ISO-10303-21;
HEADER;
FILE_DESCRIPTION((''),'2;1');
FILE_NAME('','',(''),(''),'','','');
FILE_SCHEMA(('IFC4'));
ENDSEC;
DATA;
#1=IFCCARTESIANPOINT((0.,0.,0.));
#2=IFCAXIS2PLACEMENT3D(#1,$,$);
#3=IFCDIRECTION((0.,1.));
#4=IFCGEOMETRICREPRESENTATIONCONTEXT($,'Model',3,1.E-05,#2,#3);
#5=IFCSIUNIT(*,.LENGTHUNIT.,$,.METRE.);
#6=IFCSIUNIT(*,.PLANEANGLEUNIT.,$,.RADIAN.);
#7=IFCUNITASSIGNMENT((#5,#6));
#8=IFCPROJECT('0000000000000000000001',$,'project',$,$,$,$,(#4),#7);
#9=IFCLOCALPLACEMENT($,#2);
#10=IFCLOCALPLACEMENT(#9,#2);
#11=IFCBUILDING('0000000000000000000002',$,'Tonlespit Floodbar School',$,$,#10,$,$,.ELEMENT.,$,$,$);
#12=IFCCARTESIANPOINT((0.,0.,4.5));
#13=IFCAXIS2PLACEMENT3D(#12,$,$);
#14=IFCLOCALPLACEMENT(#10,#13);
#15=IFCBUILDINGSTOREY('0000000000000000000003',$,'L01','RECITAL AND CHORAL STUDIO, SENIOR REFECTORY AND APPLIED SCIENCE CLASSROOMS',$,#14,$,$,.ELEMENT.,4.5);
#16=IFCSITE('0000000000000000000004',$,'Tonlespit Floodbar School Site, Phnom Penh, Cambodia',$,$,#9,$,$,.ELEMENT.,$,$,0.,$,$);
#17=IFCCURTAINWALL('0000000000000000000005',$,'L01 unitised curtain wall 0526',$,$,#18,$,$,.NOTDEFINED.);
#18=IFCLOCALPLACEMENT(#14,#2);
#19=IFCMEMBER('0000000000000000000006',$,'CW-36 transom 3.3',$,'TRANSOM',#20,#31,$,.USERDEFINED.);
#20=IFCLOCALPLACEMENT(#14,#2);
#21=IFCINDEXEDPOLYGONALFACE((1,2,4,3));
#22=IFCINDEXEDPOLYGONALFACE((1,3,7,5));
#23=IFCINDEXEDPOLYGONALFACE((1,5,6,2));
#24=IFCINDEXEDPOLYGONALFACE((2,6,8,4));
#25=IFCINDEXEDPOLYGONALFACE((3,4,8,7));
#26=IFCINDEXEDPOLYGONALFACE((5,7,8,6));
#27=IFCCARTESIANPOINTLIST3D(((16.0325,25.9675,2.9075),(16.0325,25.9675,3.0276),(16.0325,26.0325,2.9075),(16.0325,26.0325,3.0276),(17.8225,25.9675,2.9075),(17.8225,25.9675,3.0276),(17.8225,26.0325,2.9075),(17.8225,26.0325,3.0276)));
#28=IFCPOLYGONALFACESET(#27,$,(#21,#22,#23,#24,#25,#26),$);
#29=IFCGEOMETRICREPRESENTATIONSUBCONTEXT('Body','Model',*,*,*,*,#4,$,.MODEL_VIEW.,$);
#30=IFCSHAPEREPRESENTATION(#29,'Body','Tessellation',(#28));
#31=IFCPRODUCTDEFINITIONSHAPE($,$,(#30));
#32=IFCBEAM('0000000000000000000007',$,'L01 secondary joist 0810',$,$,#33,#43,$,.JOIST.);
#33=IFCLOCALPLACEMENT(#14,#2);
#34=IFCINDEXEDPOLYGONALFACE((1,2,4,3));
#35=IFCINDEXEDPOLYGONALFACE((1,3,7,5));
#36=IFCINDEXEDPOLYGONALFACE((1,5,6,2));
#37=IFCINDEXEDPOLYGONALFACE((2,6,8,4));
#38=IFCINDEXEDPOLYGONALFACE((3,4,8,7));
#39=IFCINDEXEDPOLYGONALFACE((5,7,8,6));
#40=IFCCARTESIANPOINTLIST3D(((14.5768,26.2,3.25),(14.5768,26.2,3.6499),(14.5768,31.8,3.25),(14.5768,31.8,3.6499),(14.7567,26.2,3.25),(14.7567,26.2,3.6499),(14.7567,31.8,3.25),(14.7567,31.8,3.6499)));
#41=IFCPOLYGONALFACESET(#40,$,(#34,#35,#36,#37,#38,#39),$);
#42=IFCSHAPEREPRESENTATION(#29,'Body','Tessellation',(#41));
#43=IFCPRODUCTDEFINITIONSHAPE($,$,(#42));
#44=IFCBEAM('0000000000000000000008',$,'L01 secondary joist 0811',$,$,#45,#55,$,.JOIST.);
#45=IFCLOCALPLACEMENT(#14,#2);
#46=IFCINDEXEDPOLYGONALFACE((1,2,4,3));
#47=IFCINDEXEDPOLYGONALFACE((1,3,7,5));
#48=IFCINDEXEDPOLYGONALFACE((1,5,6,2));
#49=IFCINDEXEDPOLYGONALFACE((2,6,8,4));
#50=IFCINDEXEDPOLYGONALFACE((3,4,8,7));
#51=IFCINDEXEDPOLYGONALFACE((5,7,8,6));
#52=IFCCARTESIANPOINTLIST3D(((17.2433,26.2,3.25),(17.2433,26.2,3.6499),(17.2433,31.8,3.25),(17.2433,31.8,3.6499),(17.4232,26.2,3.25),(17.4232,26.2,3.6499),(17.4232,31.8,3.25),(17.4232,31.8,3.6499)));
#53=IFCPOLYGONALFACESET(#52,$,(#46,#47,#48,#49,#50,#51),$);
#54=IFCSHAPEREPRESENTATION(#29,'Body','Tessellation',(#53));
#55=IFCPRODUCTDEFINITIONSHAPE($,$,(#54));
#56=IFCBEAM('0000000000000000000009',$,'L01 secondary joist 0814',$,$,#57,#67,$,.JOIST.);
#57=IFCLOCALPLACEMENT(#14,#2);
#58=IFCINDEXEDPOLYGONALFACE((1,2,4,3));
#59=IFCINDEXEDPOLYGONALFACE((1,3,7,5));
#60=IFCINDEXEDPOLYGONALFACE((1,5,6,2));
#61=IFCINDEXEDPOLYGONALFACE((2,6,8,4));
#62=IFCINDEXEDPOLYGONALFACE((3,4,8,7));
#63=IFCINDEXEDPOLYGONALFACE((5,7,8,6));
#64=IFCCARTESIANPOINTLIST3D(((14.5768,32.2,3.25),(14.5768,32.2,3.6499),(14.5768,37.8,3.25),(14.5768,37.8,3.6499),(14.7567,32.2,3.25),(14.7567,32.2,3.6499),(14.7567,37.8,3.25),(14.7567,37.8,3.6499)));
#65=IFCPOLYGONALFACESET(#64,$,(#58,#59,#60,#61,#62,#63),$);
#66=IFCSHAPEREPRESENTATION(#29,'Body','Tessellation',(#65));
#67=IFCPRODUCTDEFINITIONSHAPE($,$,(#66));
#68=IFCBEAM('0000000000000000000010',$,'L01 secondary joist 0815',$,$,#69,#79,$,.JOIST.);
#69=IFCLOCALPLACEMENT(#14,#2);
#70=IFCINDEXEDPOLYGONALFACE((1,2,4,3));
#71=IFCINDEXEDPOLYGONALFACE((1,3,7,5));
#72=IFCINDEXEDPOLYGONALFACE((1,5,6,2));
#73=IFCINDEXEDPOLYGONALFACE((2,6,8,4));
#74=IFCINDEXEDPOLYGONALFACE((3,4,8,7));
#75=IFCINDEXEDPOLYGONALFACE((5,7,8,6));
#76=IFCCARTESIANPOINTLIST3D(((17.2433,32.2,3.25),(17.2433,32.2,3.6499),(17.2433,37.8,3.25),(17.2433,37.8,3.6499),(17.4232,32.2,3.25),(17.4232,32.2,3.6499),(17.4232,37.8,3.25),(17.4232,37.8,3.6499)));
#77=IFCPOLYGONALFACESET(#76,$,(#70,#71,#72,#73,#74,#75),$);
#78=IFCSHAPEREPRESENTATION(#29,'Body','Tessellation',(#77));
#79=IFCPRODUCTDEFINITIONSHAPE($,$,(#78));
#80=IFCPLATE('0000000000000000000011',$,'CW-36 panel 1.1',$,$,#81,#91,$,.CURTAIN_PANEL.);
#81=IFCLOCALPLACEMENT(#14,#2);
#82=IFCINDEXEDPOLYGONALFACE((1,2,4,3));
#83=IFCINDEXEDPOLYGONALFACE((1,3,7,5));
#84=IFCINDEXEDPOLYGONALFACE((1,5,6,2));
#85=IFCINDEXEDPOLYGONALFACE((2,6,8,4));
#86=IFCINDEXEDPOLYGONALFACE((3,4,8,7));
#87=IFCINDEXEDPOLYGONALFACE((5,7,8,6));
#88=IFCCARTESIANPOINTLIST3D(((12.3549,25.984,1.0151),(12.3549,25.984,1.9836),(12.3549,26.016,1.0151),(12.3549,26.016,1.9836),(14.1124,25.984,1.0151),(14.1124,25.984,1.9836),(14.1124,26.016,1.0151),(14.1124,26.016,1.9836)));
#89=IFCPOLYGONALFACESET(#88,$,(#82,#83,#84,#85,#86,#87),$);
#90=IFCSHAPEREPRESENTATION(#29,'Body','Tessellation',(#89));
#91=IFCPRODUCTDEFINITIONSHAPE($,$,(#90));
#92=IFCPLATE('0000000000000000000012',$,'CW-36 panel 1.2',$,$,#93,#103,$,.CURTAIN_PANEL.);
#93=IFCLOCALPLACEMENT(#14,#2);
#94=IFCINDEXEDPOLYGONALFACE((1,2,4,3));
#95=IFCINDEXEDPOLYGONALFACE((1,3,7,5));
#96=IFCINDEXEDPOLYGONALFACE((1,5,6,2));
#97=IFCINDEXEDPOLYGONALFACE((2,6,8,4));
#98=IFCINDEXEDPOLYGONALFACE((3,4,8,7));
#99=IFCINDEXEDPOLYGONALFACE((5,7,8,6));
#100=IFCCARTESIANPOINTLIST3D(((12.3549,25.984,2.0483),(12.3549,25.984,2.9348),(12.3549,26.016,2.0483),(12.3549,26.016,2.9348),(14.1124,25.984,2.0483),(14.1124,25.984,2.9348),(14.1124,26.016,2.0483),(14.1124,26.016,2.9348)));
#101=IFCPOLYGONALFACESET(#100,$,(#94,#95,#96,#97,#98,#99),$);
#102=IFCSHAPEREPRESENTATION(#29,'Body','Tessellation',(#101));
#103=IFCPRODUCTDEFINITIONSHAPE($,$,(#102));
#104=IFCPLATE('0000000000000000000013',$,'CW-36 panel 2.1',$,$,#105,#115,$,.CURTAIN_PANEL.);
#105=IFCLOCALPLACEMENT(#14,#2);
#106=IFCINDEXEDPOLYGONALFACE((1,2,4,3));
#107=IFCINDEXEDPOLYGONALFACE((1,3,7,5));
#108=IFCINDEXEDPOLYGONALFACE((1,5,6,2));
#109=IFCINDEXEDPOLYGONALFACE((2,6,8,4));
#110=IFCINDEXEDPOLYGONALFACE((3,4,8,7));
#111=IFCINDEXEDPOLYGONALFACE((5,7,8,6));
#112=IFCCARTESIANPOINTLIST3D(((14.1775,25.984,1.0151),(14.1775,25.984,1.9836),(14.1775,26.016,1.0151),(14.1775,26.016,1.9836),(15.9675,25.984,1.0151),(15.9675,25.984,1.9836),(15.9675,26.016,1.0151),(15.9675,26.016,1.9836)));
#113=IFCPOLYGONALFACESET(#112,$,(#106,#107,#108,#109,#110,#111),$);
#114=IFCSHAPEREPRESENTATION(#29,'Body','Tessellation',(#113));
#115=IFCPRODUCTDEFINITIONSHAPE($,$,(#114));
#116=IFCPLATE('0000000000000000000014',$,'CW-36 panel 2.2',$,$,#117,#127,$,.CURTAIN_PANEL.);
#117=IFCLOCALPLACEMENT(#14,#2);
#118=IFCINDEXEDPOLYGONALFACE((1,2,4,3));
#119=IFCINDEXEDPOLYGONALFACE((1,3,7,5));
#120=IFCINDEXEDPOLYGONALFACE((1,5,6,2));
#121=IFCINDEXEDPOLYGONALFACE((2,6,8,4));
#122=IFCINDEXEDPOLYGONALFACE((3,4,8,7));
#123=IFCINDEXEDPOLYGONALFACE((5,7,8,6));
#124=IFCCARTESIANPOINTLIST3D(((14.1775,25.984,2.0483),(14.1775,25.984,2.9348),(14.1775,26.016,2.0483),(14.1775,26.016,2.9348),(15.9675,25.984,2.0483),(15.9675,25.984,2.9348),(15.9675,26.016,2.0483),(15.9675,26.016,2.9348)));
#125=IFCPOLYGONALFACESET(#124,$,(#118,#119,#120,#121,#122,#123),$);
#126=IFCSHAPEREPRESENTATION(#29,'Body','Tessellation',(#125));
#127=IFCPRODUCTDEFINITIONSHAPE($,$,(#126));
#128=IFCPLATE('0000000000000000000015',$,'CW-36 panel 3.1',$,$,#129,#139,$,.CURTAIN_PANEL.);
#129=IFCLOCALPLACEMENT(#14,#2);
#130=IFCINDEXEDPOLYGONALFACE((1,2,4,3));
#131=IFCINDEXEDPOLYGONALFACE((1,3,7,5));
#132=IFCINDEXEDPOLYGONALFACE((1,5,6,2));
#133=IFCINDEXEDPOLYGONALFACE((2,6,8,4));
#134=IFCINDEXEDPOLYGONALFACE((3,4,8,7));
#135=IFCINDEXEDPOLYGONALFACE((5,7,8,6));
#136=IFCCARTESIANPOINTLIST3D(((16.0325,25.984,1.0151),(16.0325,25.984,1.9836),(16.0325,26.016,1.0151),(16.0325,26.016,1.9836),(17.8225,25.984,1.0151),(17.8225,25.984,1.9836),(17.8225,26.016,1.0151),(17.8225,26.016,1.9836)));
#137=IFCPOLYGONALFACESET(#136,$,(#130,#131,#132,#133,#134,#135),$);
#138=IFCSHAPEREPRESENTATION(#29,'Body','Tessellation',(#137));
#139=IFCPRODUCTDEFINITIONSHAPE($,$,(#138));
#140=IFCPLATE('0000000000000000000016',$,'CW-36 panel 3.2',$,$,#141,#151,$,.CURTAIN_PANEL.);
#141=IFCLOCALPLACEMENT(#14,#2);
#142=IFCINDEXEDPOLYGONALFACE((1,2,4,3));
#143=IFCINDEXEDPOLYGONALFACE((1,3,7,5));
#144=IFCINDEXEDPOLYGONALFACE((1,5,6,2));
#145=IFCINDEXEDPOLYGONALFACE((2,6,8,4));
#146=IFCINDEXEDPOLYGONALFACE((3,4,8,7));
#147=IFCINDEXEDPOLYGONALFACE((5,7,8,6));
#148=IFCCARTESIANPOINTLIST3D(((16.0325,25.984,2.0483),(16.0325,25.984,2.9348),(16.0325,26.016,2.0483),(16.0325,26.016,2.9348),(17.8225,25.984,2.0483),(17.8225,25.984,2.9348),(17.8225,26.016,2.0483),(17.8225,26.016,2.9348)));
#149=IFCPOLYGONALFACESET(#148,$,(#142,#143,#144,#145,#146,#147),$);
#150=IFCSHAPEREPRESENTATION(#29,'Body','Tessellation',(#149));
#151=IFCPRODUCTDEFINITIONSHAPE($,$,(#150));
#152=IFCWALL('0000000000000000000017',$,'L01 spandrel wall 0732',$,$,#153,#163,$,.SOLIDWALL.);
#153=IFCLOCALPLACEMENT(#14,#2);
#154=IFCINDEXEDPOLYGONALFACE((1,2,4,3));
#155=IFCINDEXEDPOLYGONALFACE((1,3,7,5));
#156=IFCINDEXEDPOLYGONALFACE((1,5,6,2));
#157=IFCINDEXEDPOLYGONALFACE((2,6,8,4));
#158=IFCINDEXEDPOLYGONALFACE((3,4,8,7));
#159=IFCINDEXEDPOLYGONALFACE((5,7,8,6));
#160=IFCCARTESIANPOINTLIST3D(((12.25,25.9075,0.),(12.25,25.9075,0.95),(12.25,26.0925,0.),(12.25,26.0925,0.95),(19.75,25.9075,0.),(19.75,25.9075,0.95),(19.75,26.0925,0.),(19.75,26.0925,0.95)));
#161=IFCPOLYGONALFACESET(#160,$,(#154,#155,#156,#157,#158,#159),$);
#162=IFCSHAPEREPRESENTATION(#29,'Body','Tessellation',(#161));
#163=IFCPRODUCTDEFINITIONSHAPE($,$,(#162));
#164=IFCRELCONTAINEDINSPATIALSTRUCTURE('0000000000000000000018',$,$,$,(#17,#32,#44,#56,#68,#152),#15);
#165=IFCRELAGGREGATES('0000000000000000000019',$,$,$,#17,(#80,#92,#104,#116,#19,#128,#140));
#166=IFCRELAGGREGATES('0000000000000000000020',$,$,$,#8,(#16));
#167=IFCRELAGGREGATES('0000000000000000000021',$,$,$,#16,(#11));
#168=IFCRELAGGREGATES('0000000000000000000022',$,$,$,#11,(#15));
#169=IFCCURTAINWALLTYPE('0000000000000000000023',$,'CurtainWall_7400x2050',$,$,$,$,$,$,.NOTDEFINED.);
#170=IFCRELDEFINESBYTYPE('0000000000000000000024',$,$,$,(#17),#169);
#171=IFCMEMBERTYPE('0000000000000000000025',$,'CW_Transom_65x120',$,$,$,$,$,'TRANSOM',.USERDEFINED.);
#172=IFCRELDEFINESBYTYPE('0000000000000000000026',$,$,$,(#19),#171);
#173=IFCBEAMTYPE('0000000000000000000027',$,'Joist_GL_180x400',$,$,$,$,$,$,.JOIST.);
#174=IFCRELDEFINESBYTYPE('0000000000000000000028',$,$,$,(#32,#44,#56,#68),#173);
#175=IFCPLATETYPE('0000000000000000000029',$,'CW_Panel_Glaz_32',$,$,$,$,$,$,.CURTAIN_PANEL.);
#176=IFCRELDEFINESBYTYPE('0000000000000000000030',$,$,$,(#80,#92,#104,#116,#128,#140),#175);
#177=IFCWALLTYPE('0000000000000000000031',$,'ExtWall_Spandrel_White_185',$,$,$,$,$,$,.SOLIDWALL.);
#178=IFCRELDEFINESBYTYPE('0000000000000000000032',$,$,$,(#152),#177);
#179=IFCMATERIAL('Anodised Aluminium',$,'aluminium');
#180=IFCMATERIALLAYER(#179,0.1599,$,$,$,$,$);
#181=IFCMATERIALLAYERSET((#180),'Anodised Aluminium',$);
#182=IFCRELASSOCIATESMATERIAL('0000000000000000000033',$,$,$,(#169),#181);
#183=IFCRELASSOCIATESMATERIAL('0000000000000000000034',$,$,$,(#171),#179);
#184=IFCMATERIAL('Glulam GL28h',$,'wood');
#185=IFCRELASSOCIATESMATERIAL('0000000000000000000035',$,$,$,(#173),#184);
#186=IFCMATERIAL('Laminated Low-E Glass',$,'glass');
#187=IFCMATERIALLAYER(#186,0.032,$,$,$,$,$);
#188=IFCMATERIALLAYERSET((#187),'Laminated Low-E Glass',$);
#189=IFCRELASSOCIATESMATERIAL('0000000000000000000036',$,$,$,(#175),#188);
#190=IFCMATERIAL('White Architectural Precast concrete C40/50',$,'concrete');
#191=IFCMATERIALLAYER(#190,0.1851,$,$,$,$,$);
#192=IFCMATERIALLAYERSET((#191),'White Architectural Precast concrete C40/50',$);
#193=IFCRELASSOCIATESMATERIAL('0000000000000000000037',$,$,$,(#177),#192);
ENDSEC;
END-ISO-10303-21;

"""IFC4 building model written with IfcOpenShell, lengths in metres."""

from ifc_helpers import new_model, si_unit, direction, frame, frame_2d, origin, origin_2d, place, context, subcontext, project, spatial, rectangle, extrude, material, layer, layer_set, material_profile, profile_set, type_object, element, aggregate, save


model = new_model("IFC4")

# Units and contexts
model_context = context("Model", 3, precision=1e-05, world=origin(), true_north=direction((0.0, 1.0)))
body_context = subcontext(model_context, "Body", "Model", "MODEL_VIEW")
ifc_project = project(units=[si_unit("LENGTHUNIT", "METRE"), si_unit("PLANEANGLEUNIT", "RADIAN")], contexts=[model_context])

# Site, building, storey
site_placement = place(None, origin())
site = spatial("IfcSite", under=ifc_project, at=site_placement, Name="Tonlespit Floodbar School Site, Phnom Penh, Cambodia", CompositionType="ELEMENT", RefElevation=0.0)
building_placement = place(site_placement, origin())
building = spatial("IfcBuilding", under=site, at=building_placement, Name="Tonlespit Floodbar School", CompositionType="ELEMENT")
storey_placement = place(building_placement, frame((0.0, 0.0, 4.5)))
storey = spatial("IfcBuildingStorey", under=building, at=storey_placement, Name="L01", Description="RECITAL AND CHORAL STUDIO, SENIOR REFECTORY AND APPLIED SCIENCE CLASSROOMS", CompositionType="ELEMENT", Elevation=4.5)

# Curtain wall, member
ifc_material_1 = material(Name="Anodised Aluminium", Category="aluminium")
ifc_layer_1 = layer(ifc_material_1, 0.1599)
ifc_layer_set_1 = layer_set([ifc_layer_1], Name="Anodised Aluminium")
curtain_wall_type = type_object("IfcCurtainWallType", Name="CurtainWall_7400x2050", PredefinedType="NOTDEFINED", material=ifc_layer_set_1)
curtain_wall_placement = place(storey_placement, origin())
curtain_wall = element("IfcCurtainWall", 1, at=curtain_wall_placement, inside=storey, type_object=curtain_wall_type, Name="L01 unitised curtain wall 0526", PredefinedType="NOTDEFINED")
ifc_material_profile_1 = material_profile(ifc_material_1, rectangle(XDim=0.0649, YDim=0.1201, at=origin_2d()), Name="ALU T65x120")
ifc_profile_set_1 = profile_set([ifc_material_profile_1], Name="Anodised Aluminium")
member_type_1 = type_object("IfcMemberType", Name="CW_Transom_65x120", ElementType="TRANSOM", PredefinedType="USERDEFINED", material=ifc_profile_set_1)
member_1_placement = place(storey_placement, frame((16.0325, 26.0, 2.9675), z_axis=(1.0, 0.0, 0.0), x_axis=(0.0, 1.0, 0.0)))
member_1 = element("IfcMember", 2, at=member_1_placement, type_object=member_type_1, Name="CW-36 transom 3.3", ObjectType="TRANSOM", PredefinedType="USERDEFINED", context=body_context, shape_type="SweptSolid", body=[
    extrude(rectangle(XDim=0.0649, YDim=0.1201, at=origin_2d()), origin(), (0.0, 0.0, 1.0), 1.79),
])

# Beams
ifc_material_2 = material(Name="Glulam GL28h", Category="wood")
ifc_material_profile_2 = material_profile(ifc_material_2, rectangle(XDim=0.1799, YDim=0.3999, at=origin_2d()), Name="GL 180x400")
ifc_profile_set_2 = profile_set([ifc_material_profile_2], Name="Glulam GL28h")
beam_type_1 = type_object("IfcBeamType", Name="Joist_GL_180x400", PredefinedType="JOIST", material=ifc_profile_set_2)
for number, where, z_axis, x_axis, name in (
    (3, (14.6667, 26.2, 3.45), (0.0, 1.0, 0.0), (-1.0, 0.0, 0.0), "L01 secondary joist 0810"),
    (4, (17.3333, 26.2, 3.45), (0.0, 1.0, 0.0), (-1.0, 0.0, 0.0), "L01 secondary joist 0811"),
    (5, (14.6667, 32.2, 3.45), (0.0, 1.0, 0.0), (-1.0, 0.0, 0.0), "L01 secondary joist 0814"),
    (6, (17.3333, 32.2, 3.45), (0.0, 1.0, 0.0), (-1.0, 0.0, 0.0), "L01 secondary joist 0815"),
):
    element("IfcBeam", number, at=place(storey_placement, frame(where, z_axis=z_axis, x_axis=x_axis)), inside=storey, type_object=beam_type_1, Name=name, PredefinedType="JOIST", context=body_context, shape_type="SweptSolid", body=[
        extrude(rectangle(XDim=0.1799, YDim=0.3999, at=origin_2d()), origin(), (0.0, 0.0, 1.0), 5.6001),
    ])

# Plates
ifc_material_3 = material(Name="Laminated Low-E Glass", Category="glass")
ifc_layer_2 = layer(ifc_material_3, 0.032)
ifc_layer_set_2 = layer_set([ifc_layer_2], Name="Laminated Low-E Glass")
plate_type = type_object("IfcPlateType", Name="CW_Panel_Glaz_32", PredefinedType="CURTAIN_PANEL", material=ifc_layer_set_2)
plate_1_placement = place(storey_placement, frame((13.2336, 26.0, 1.0151), z_axis=(0.0, 0.0, 1.0), x_axis=(1.0, 0.0, 0.0)))
plate_1 = element("IfcPlate", 7, at=plate_1_placement, type_object=plate_type, Name="CW-36 panel 1.1", PredefinedType="CURTAIN_PANEL", context=body_context, shape_type="SweptSolid", body=[
    extrude(rectangle(XDim=1.7576, YDim=0.032, at=origin_2d()), origin(), (0.0, 0.0, 1.0), 0.9685),
])
plate_2_placement = place(storey_placement, frame((13.2336, 26.0, 2.0483), z_axis=(0.0, 0.0, 1.0), x_axis=(1.0, 0.0, 0.0)))
plate_2 = element("IfcPlate", 8, at=plate_2_placement, type_object=plate_type, Name="CW-36 panel 1.2", PredefinedType="CURTAIN_PANEL", context=body_context, shape_type="SweptSolid", body=[
    extrude(rectangle(XDim=1.7576, YDim=0.032, at=origin_2d()), origin(), (0.0, 0.0, 1.0), 0.8865),
])
plate_3_placement = place(storey_placement, frame((15.0725, 26.0, 1.0151), z_axis=(0.0, 0.0, 1.0), x_axis=(1.0, 0.0, 0.0)))
plate_3 = element("IfcPlate", 9, at=plate_3_placement, type_object=plate_type, Name="CW-36 panel 2.1", PredefinedType="CURTAIN_PANEL", context=body_context, shape_type="SweptSolid", body=[
    extrude(rectangle(XDim=1.79, YDim=0.032, at=origin_2d()), origin(), (0.0, 0.0, 1.0), 0.9685),
])
plate_4_placement = place(storey_placement, frame((15.0725, 26.0, 2.0483), z_axis=(0.0, 0.0, 1.0), x_axis=(1.0, 0.0, 0.0)))
plate_4 = element("IfcPlate", 10, at=plate_4_placement, type_object=plate_type, Name="CW-36 panel 2.2", PredefinedType="CURTAIN_PANEL", context=body_context, shape_type="SweptSolid", body=[
    extrude(rectangle(XDim=1.79, YDim=0.032, at=origin_2d()), origin(), (0.0, 0.0, 1.0), 0.8865),
])
plate_5_placement = place(storey_placement, frame((16.9275, 26.0, 1.0151), z_axis=(0.0, 0.0, 1.0), x_axis=(1.0, 0.0, 0.0)))
plate_5 = element("IfcPlate", 11, at=plate_5_placement, type_object=plate_type, Name="CW-36 panel 3.1", PredefinedType="CURTAIN_PANEL", context=body_context, shape_type="SweptSolid", body=[
    extrude(rectangle(XDim=1.79, YDim=0.032, at=origin_2d()), origin(), (0.0, 0.0, 1.0), 0.9685),
])
plate_6_placement = place(storey_placement, frame((16.9275, 26.0, 2.0483), z_axis=(0.0, 0.0, 1.0), x_axis=(1.0, 0.0, 0.0)))
plate_6 = element("IfcPlate", 12, at=plate_6_placement, type_object=plate_type, Name="CW-36 panel 3.2", PredefinedType="CURTAIN_PANEL", context=body_context, shape_type="SweptSolid", body=[
    extrude(rectangle(XDim=1.79, YDim=0.032, at=origin_2d()), origin(), (0.0, 0.0, 1.0), 0.8865),
])
aggregate(curtain_wall, [plate_1, plate_2, plate_3, plate_4, member_1, plate_5, plate_6])

# Wall
ifc_material_4 = material(Name="White Architectural Precast concrete C40/50", Category="concrete")
ifc_layer_3 = layer(ifc_material_4, 0.1851)
ifc_layer_set_3 = layer_set([ifc_layer_3], Name="White Architectural Precast concrete C40/50")
wall_type = type_object("IfcWallType", Name="ExtWall_Spandrel_White_185", PredefinedType="SOLIDWALL", material=ifc_layer_set_3)
wall_placement = place(storey_placement, frame((12.25, 26.0, 0.0), z_axis=(0.0, 0.0, 1.0), x_axis=(1.0, 0.0, 0.0)))
element("IfcWall", 13, at=wall_placement, inside=storey, type_object=wall_type, Name="L01 spandrel wall 0732", PredefinedType="SOLIDWALL", context=body_context, shape_type="SweptSolid", body=[
    extrude(rectangle(XDim=7.5, YDim=0.1851, at=frame_2d((3.75, 0.0))), origin(), (0.0, 0.0, 1.0), 0.95),
])

save(model, "model.ifc")
